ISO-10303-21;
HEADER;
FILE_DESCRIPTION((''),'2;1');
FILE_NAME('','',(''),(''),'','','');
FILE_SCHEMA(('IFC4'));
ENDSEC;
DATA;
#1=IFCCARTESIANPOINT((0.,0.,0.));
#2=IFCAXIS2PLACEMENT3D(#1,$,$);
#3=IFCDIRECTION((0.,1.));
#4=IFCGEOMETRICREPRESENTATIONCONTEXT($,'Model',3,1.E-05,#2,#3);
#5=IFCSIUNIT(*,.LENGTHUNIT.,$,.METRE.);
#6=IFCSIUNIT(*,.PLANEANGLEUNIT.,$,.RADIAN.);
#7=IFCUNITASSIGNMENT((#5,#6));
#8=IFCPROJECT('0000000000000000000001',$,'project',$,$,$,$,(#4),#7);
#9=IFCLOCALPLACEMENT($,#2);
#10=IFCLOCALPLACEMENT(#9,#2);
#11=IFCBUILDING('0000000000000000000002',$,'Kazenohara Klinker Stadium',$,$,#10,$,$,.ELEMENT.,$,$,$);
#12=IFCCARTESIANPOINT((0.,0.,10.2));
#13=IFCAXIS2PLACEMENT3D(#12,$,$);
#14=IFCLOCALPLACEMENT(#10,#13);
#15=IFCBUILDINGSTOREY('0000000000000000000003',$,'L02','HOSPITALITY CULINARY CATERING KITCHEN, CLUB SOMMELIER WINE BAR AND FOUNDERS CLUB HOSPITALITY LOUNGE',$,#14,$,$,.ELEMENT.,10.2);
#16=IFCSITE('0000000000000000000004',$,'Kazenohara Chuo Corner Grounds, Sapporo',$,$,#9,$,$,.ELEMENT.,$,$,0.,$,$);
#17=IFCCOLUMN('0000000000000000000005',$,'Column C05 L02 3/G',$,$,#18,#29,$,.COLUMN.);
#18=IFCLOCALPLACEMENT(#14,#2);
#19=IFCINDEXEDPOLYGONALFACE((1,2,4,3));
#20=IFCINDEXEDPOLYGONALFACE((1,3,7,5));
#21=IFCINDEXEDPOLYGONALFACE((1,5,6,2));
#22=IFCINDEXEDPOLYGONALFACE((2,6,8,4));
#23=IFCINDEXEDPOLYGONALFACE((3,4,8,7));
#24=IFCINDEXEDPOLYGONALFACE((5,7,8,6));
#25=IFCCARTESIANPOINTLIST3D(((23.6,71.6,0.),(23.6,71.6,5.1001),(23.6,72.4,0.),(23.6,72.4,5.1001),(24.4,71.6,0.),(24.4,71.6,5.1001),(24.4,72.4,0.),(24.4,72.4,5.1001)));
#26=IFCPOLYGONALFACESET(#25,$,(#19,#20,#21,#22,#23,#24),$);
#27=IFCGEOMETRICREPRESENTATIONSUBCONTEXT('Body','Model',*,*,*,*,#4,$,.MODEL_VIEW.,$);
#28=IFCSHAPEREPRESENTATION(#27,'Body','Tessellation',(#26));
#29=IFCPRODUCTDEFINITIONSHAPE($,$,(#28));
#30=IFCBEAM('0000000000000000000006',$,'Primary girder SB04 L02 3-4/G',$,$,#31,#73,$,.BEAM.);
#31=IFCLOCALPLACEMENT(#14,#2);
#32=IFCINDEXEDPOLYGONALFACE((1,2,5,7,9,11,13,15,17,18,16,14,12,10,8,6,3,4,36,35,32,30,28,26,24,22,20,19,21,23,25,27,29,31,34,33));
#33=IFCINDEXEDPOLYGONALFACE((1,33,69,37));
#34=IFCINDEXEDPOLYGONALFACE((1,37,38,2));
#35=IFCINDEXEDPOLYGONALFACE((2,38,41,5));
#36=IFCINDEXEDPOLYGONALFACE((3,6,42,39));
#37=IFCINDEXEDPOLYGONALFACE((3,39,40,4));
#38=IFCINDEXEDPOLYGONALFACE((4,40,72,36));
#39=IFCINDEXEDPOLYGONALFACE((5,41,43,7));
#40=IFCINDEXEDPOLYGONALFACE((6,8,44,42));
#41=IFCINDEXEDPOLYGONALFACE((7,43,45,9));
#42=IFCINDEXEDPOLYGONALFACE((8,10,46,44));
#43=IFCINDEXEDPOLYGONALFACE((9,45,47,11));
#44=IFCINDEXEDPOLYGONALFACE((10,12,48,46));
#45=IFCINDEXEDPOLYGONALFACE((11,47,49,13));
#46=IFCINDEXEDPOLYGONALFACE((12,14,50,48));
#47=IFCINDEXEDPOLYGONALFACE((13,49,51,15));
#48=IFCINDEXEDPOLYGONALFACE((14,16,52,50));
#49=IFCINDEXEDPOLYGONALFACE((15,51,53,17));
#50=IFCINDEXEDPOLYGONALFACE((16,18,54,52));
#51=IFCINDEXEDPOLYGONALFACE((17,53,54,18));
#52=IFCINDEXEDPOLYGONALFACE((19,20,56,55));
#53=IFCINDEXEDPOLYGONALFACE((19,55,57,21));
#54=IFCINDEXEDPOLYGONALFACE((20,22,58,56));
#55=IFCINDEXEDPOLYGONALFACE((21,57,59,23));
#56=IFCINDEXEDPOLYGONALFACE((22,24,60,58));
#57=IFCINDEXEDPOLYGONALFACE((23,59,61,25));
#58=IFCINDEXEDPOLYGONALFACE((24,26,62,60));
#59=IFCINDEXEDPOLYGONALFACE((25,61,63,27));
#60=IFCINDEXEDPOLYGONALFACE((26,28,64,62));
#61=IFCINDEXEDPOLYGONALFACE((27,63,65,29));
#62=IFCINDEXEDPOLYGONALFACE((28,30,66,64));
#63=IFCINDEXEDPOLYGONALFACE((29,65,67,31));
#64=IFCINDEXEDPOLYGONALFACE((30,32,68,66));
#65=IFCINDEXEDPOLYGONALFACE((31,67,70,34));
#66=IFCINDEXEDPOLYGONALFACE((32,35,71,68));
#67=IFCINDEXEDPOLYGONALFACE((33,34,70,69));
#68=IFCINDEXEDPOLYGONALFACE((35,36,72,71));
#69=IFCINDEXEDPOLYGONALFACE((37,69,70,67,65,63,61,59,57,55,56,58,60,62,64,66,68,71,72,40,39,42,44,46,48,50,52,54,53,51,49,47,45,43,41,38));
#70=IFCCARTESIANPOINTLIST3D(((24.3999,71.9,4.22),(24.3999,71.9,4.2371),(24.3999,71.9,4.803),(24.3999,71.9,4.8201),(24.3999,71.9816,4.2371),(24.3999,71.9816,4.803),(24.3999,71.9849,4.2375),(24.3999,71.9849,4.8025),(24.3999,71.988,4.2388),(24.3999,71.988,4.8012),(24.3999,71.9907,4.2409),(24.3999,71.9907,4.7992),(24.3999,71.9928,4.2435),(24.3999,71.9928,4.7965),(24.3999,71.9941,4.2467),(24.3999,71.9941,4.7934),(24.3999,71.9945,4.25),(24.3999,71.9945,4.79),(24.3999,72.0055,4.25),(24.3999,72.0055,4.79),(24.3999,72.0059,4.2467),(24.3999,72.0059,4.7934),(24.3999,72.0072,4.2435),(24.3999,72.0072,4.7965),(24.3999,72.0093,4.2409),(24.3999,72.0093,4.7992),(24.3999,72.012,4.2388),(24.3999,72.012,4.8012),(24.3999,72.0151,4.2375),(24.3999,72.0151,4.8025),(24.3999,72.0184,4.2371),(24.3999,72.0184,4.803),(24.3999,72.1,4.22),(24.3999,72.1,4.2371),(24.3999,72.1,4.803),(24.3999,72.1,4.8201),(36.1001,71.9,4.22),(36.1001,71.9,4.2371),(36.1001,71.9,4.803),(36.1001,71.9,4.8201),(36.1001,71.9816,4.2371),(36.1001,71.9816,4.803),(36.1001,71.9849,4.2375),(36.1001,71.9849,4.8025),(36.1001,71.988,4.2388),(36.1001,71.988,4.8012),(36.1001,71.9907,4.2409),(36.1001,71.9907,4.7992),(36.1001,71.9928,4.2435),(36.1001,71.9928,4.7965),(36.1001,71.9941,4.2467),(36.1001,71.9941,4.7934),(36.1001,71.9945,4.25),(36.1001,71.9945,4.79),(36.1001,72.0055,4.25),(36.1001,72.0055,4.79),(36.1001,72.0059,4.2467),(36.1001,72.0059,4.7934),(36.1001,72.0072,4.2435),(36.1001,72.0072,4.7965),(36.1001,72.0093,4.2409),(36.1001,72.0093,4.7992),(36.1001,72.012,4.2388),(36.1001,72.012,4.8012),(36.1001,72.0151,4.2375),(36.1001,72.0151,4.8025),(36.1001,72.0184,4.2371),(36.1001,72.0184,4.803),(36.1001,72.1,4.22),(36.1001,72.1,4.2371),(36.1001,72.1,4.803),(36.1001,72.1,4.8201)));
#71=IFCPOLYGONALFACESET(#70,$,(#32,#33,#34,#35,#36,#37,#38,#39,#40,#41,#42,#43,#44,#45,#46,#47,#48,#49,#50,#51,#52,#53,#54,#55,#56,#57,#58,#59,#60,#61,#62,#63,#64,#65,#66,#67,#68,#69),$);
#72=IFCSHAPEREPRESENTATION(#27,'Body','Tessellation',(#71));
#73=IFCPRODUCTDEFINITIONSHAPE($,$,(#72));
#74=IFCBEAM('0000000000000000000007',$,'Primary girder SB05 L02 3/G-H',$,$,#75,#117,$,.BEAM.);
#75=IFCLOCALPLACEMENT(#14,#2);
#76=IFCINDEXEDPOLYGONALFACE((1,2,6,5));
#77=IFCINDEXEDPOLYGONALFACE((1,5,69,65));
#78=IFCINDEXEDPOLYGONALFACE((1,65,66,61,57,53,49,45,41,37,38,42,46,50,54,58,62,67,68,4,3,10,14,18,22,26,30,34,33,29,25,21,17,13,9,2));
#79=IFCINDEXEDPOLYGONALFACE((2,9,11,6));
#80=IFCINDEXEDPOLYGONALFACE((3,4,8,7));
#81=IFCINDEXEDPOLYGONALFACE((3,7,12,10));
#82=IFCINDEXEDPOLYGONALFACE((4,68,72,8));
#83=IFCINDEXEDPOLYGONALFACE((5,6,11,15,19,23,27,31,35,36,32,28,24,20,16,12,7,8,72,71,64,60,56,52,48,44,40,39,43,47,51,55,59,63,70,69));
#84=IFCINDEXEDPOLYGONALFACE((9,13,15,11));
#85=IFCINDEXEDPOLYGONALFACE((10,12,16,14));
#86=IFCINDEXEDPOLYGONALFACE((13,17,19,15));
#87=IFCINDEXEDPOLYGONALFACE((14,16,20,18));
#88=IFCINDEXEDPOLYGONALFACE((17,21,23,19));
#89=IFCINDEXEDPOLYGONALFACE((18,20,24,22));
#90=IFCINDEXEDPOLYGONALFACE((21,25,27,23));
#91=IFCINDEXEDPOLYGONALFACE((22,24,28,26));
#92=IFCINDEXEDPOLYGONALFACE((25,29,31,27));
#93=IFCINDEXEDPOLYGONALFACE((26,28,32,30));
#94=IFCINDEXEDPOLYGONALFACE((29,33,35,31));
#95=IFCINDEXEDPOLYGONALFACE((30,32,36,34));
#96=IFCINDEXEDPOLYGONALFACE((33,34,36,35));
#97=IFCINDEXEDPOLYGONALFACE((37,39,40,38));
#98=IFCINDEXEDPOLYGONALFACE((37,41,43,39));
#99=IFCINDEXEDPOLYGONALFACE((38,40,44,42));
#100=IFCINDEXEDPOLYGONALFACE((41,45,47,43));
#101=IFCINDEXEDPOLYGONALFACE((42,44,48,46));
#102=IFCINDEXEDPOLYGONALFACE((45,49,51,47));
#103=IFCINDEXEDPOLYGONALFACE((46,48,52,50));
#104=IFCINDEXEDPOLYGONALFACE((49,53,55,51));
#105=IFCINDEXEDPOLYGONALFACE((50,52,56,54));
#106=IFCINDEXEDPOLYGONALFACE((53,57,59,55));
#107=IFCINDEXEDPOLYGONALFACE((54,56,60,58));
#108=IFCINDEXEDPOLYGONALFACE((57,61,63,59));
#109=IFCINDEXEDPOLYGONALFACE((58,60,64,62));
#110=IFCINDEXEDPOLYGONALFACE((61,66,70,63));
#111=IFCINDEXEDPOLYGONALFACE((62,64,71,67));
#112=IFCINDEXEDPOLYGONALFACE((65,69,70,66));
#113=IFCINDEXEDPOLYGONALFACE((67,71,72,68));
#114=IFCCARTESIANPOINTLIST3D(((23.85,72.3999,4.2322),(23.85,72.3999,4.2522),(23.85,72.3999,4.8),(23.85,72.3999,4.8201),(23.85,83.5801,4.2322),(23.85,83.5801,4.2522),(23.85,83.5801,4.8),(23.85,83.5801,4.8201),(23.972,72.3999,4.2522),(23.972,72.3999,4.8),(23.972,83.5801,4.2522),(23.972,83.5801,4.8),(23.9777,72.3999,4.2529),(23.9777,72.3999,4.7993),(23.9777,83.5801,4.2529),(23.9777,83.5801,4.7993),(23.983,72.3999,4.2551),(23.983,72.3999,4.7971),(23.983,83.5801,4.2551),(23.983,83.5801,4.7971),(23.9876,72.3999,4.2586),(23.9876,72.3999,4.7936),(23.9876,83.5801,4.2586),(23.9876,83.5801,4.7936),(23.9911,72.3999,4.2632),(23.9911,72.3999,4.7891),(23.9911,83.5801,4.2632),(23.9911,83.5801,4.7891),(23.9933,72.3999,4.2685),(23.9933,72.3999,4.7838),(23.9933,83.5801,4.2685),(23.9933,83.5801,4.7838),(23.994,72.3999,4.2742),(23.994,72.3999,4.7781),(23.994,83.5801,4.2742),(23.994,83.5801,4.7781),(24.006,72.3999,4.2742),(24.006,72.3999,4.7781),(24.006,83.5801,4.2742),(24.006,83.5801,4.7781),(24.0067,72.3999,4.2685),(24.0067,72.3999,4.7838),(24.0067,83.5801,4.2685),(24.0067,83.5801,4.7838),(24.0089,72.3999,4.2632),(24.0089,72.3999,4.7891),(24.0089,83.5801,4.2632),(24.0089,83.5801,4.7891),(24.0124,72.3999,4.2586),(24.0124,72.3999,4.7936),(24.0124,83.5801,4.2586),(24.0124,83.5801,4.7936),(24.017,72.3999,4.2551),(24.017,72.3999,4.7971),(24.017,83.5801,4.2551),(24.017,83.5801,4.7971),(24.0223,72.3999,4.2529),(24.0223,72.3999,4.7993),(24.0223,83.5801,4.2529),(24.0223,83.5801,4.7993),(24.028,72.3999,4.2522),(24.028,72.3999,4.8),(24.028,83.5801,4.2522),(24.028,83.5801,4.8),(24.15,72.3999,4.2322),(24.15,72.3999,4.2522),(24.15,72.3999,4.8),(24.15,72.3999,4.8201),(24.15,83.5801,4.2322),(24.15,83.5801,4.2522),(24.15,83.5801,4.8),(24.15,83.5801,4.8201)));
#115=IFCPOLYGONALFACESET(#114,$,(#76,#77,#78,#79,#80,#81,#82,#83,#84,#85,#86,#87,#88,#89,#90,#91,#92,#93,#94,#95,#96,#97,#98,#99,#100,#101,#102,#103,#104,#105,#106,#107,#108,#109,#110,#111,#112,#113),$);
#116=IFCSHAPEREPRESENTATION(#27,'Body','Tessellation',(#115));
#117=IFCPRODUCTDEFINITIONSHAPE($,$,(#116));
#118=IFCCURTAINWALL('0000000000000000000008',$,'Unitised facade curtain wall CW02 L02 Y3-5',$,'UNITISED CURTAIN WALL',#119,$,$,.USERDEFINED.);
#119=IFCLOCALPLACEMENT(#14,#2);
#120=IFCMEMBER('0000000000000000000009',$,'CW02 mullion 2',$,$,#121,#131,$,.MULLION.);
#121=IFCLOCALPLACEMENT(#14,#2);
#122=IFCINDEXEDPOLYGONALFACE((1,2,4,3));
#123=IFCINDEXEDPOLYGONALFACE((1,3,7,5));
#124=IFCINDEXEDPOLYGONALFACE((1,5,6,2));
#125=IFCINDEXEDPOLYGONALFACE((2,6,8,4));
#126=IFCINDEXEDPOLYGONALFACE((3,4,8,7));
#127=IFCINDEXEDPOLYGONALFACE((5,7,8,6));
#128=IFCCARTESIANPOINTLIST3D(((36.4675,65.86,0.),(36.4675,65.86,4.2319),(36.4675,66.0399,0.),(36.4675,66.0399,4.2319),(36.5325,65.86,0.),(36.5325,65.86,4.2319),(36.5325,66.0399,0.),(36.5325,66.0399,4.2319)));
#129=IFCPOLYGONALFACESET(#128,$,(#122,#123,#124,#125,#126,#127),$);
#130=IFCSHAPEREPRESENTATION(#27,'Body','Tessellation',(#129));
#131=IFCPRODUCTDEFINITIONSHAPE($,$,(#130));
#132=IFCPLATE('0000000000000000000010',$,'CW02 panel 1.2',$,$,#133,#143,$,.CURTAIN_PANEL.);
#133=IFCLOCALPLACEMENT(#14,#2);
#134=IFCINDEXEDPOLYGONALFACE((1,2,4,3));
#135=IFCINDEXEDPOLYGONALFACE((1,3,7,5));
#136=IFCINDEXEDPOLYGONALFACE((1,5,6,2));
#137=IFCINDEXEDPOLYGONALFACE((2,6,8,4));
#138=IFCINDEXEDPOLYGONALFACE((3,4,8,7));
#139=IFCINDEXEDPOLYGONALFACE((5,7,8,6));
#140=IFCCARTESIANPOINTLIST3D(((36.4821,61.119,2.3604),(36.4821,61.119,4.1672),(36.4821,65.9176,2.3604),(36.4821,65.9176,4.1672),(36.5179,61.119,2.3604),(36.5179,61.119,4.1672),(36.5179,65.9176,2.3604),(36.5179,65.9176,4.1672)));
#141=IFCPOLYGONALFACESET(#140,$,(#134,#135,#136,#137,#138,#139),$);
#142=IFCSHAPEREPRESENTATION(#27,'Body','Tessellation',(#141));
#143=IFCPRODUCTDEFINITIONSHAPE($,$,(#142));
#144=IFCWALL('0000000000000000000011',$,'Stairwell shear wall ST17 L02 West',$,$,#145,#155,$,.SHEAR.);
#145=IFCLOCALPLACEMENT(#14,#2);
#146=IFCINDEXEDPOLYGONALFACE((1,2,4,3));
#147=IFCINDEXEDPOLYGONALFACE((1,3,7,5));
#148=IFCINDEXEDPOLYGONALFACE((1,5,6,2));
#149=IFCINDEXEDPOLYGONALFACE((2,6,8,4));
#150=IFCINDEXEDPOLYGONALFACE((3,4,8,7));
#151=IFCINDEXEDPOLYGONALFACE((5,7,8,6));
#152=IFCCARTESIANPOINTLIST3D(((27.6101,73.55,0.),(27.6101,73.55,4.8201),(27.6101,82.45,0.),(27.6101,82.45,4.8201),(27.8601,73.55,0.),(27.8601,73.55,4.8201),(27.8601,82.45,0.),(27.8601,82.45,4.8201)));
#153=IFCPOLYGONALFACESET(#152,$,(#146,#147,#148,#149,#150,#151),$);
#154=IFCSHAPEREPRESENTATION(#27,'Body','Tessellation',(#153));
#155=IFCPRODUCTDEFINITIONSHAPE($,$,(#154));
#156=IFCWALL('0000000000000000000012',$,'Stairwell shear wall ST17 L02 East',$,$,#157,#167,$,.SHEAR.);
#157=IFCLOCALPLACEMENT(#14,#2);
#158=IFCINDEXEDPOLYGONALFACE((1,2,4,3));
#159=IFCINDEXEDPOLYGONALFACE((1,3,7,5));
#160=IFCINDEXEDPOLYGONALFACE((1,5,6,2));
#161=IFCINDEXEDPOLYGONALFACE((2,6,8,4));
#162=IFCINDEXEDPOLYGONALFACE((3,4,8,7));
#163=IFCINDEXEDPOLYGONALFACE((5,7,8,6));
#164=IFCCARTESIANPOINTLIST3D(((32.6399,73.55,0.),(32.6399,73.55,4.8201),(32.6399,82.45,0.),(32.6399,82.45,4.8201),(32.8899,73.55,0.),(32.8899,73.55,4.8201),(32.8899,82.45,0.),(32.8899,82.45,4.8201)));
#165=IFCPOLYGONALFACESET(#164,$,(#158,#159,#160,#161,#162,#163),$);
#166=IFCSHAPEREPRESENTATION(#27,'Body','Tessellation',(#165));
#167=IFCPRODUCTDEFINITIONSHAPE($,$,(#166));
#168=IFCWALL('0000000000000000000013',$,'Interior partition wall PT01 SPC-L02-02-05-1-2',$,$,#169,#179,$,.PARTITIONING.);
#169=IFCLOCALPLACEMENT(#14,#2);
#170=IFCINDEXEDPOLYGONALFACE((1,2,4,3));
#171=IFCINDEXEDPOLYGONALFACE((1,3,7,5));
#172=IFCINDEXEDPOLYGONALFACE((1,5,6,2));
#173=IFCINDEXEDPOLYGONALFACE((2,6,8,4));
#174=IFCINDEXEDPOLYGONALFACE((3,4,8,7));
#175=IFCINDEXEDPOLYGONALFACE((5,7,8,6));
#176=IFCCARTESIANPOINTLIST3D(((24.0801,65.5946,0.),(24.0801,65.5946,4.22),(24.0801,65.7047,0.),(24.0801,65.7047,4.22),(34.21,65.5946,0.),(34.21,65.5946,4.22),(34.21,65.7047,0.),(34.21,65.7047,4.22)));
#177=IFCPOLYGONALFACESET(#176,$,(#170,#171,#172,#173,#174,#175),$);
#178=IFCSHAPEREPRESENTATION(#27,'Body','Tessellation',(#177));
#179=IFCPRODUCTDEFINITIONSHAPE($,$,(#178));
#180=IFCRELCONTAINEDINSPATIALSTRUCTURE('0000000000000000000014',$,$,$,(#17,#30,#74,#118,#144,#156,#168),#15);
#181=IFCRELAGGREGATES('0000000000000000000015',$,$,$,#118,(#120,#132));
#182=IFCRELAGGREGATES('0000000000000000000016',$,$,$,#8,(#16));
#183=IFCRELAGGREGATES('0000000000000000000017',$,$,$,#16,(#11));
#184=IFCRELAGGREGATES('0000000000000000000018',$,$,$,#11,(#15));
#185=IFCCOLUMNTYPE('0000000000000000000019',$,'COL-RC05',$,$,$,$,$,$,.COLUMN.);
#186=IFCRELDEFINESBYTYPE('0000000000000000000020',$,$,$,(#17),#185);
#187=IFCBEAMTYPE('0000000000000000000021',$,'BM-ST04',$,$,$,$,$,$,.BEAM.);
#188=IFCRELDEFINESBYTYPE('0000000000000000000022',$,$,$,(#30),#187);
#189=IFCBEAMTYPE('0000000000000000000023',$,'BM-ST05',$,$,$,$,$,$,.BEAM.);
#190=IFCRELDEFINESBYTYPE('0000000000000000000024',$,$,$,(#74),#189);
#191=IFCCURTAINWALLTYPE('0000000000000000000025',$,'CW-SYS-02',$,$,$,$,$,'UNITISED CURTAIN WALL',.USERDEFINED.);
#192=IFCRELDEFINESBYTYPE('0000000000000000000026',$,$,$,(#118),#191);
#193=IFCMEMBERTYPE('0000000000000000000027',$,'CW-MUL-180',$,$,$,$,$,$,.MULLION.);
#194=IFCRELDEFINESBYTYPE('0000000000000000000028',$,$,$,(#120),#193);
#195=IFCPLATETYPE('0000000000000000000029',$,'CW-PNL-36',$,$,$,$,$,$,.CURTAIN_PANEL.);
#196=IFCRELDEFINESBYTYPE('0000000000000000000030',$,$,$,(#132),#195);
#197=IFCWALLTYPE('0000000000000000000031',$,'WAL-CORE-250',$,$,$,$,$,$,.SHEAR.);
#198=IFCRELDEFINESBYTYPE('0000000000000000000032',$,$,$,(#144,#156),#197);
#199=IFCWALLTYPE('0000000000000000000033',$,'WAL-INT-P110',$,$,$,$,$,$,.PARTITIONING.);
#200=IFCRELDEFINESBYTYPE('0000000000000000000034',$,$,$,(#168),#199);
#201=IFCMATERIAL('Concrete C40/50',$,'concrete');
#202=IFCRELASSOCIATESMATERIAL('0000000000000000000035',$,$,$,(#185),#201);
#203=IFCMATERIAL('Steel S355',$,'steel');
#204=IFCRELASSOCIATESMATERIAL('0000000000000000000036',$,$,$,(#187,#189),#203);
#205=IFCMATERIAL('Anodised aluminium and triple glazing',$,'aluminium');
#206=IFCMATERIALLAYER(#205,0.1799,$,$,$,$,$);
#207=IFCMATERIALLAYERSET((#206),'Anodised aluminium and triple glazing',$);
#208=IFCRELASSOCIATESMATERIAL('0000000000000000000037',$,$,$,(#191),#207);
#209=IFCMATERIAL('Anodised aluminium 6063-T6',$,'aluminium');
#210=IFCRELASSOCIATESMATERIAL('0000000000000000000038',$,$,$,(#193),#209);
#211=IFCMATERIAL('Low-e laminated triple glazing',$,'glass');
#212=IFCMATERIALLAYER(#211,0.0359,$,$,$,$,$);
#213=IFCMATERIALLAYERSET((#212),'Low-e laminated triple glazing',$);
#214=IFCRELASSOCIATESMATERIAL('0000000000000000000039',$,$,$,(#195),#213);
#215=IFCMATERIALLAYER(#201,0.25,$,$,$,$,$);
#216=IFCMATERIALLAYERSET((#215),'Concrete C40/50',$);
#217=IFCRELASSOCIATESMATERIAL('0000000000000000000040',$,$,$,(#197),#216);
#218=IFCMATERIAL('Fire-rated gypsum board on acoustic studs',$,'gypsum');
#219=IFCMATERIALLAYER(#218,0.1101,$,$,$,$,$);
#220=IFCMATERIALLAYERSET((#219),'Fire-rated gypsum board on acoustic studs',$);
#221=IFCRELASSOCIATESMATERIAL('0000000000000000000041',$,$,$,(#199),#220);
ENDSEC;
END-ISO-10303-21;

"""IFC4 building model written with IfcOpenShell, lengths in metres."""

from ifc_helpers import new_model, si_unit, direction, frame, frame_2d, origin, origin_2d, place, context, subcontext, project, spatial, rectangle, i_section, extrude, material, layer, layer_set, material_profile, profile_set, type_object, element, aggregate, save


model = new_model("IFC4")

# Units and contexts
model_context = context("Model", 3, precision=1e-05, world=origin(), true_north=direction((0.0, 1.0)))
body_context = subcontext(model_context, "Body", "Model", "MODEL_VIEW")
ifc_project = project(units=[si_unit("LENGTHUNIT", "METRE"), si_unit("PLANEANGLEUNIT", "RADIAN")], contexts=[model_context])

# Site, building, storey
site_placement = place(None, origin())
site = spatial("IfcSite", under=ifc_project, at=site_placement, Name="Kazenohara Chuo Corner Grounds, Sapporo", CompositionType="ELEMENT", RefElevation=0.0)
building_placement = place(site_placement, origin())
building = spatial("IfcBuilding", under=site, at=building_placement, Name="Kazenohara Klinker Stadium", CompositionType="ELEMENT")
storey_placement = place(building_placement, frame((0.0, 0.0, 10.2)))
storey = spatial("IfcBuildingStorey", under=building, at=storey_placement, Name="L02", Description="HOSPITALITY CULINARY CATERING KITCHEN, CLUB SOMMELIER WINE BAR AND FOUNDERS CLUB HOSPITALITY LOUNGE", CompositionType="ELEMENT", Elevation=10.2)

# Column
ifc_material_1 = material(Name="Concrete C40/50", Category="concrete")
ifc_material_profile_1 = material_profile(ifc_material_1, rectangle(XDim=0.8, YDim=0.8, at=origin_2d()), Name="RC-COL-800x800")
ifc_profile_set_1 = profile_set([ifc_material_profile_1], Name="Concrete C40/50")
column_type = type_object("IfcColumnType", Name="COL-RC05", PredefinedType="COLUMN", material=ifc_profile_set_1)
column_placement = place(storey_placement, frame((24.0, 72.0, 0.0), z_axis=(0.0, 0.0, 1.0), x_axis=(1.0, 0.0, 0.0)))
element("IfcColumn", 1, at=column_placement, inside=storey, type_object=column_type, Name="Column C05 L02 3/G", PredefinedType="COLUMN", context=body_context, shape_type="SweptSolid", body=[
    extrude(rectangle(XDim=0.8, YDim=0.8, at=origin_2d()), origin(), (0.0, 0.0, 1.0), 5.1001),
])

# Beams
ifc_material_2 = material(Name="Steel S355", Category="steel")
ifc_material_profile_2 = material_profile(ifc_material_2, i_section(OverallWidth=0.2, OverallDepth=0.6001, WebThickness=0.011, FlangeThickness=0.0171, FilletRadius=0.0129, at=origin_2d()), Name="H-600x200x11x17")
ifc_profile_set_2 = profile_set([ifc_material_profile_2], Name="Steel S355")
beam_type_1 = type_object("IfcBeamType", Name="BM-ST04", PredefinedType="BEAM", material=ifc_profile_set_2)
beam_1_placement = place(storey_placement, frame((24.3999, 72.0, 4.52), z_axis=(1.0, 0.0, 0.0), x_axis=(0.0, 1.0, 0.0)))
element("IfcBeam", 2, at=beam_1_placement, inside=storey, type_object=beam_type_1, Name="Primary girder SB04 L02 3-4/G", PredefinedType="BEAM", context=body_context, shape_type="SweptSolid", body=[
    extrude(i_section(OverallWidth=0.2, OverallDepth=0.6001, WebThickness=0.011, FlangeThickness=0.0171, FilletRadius=0.0129, at=origin_2d()), origin(), (0.0, 0.0, 1.0), 11.7002),
])
ifc_material_profile_3 = material_profile(ifc_material_2, i_section(OverallWidth=0.3, OverallDepth=0.5879, WebThickness=0.012, FlangeThickness=0.02, FilletRadius=0.022, at=origin_2d()), Name="H-588x300x12x20")
ifc_profile_set_3 = profile_set([ifc_material_profile_3], Name="Steel S355")
beam_type_2 = type_object("IfcBeamType", Name="BM-ST05", PredefinedType="BEAM", material=ifc_profile_set_3)
beam_2_placement = place(storey_placement, frame((24.0, 72.3999, 4.5261), z_axis=(0.0, 1.0, 0.0), x_axis=(-1.0, 0.0, 0.0)))
element("IfcBeam", 3, at=beam_2_placement, inside=storey, type_object=beam_type_2, Name="Primary girder SB05 L02 3/G-H", PredefinedType="BEAM", context=body_context, shape_type="SweptSolid", body=[
    extrude(i_section(OverallWidth=0.3, OverallDepth=0.5879, WebThickness=0.012, FlangeThickness=0.02, FilletRadius=0.022, at=origin_2d()), origin(), (0.0, 0.0, 1.0), 11.1802),
])

# Curtain wall, member, plate
ifc_material_3 = material(Name="Anodised aluminium and triple glazing", Category="aluminium")
ifc_layer_1 = layer(ifc_material_3, 0.1799)
ifc_layer_set_1 = layer_set([ifc_layer_1], Name="Anodised aluminium and triple glazing")
curtain_wall_type = type_object("IfcCurtainWallType", Name="CW-SYS-02", ElementType="UNITISED CURTAIN WALL", PredefinedType="USERDEFINED", material=ifc_layer_set_1)
curtain_wall_placement = place(storey_placement, origin())
curtain_wall = element("IfcCurtainWall", 4, at=curtain_wall_placement, inside=storey, type_object=curtain_wall_type, Name="Unitised facade curtain wall CW02 L02 Y3-5", ObjectType="UNITISED CURTAIN WALL", PredefinedType="USERDEFINED")
ifc_material_4 = material(Name="Anodised aluminium 6063-T6", Category="aluminium")
ifc_material_profile_4 = material_profile(ifc_material_4, rectangle(XDim=0.0649, YDim=0.1799, at=origin_2d()), Name="ALU-MUL-65x180")
ifc_profile_set_4 = profile_set([ifc_material_profile_4], Name="Anodised aluminium 6063-T6")
member_type = type_object("IfcMemberType", Name="CW-MUL-180", PredefinedType="MULLION", material=ifc_profile_set_4)
member_placement = place(storey_placement, frame((36.5, 65.95, 0.0), z_axis=(0.0, 0.0, 1.0), x_axis=(-1.0, 0.0, 0.0)))
member = element("IfcMember", 5, at=member_placement, type_object=member_type, Name="CW02 mullion 2", PredefinedType="MULLION", context=body_context, shape_type="SweptSolid", body=[
    extrude(rectangle(XDim=0.0649, YDim=0.1799, at=origin_2d()), origin(), (0.0, 0.0, 1.0), 4.2319),
])
ifc_material_5 = material(Name="Low-e laminated triple glazing", Category="glass")
ifc_layer_2 = layer(ifc_material_5, 0.0359)
ifc_layer_set_2 = layer_set([ifc_layer_2], Name="Low-e laminated triple glazing")
plate_type = type_object("IfcPlateType", Name="CW-PNL-36", PredefinedType="CURTAIN_PANEL", material=ifc_layer_set_2)
plate_placement = place(storey_placement, frame((36.5, 63.5183, 2.3604), z_axis=(0.0, 0.0, 1.0), x_axis=(0.0, 1.0, 0.0)))
plate = element("IfcPlate", 6, at=plate_placement, type_object=plate_type, Name="CW02 panel 1.2", PredefinedType="CURTAIN_PANEL", context=body_context, shape_type="SweptSolid", body=[
    extrude(rectangle(XDim=4.7986, YDim=0.0359, at=origin_2d()), origin(), (0.0, 0.0, 1.0), 1.8069),
])
aggregate(curtain_wall, [member, plate])

# Shared definitions
ifc_layer_3 = layer(ifc_material_1, 0.25)
ifc_layer_set_3 = layer_set([ifc_layer_3], Name="Concrete C40/50")
wall_type_1 = type_object("IfcWallType", Name="WAL-CORE-250", PredefinedType="SHEAR", material=ifc_layer_set_3)

# Walls
for number, where, z_axis, x_axis, name in (
    (7, (27.7351, 73.55, 0.0), (0.0, 0.0, 1.0), (0.0, 1.0, 0.0), "Stairwell shear wall ST17 L02 West"),
    (8, (32.7649, 73.55, 0.0), (0.0, 0.0, 1.0), (0.0, 1.0, 0.0), "Stairwell shear wall ST17 L02 East"),
):
    element("IfcWall", number, at=place(storey_placement, frame(where, z_axis=z_axis, x_axis=x_axis)), inside=storey, type_object=wall_type_1, Name=name, PredefinedType="SHEAR", context=body_context, shape_type="SweptSolid", body=[
        extrude(rectangle(XDim=8.8999, YDim=0.25, at=frame_2d((4.45, 0.0))), origin(), (0.0, 0.0, 1.0), 4.8201),
    ])
ifc_material_6 = material(Name="Fire-rated gypsum board on acoustic studs", Category="gypsum")
ifc_layer_4 = layer(ifc_material_6, 0.1101)
ifc_layer_set_4 = layer_set([ifc_layer_4], Name="Fire-rated gypsum board on acoustic studs")
wall_type_2 = type_object("IfcWallType", Name="WAL-INT-P110", PredefinedType="PARTITIONING", material=ifc_layer_set_4)
wall_1_placement = place(storey_placement, frame((24.0801, 65.6497, 0.0), z_axis=(0.0, 0.0, 1.0), x_axis=(1.0, 0.0, 0.0)))
element("IfcWall", 9, at=wall_1_placement, inside=storey, type_object=wall_type_2, Name="Interior partition wall PT01 SPC-L02-02-05-1-2", PredefinedType="PARTITIONING", context=body_context, shape_type="SweptSolid", body=[
    extrude(rectangle(XDim=10.1299, YDim=0.1101, at=frame_2d((5.0649, 0.0))), origin(), (0.0, 0.0, 1.0), 4.22),
])

save(model, "model.ifc")
